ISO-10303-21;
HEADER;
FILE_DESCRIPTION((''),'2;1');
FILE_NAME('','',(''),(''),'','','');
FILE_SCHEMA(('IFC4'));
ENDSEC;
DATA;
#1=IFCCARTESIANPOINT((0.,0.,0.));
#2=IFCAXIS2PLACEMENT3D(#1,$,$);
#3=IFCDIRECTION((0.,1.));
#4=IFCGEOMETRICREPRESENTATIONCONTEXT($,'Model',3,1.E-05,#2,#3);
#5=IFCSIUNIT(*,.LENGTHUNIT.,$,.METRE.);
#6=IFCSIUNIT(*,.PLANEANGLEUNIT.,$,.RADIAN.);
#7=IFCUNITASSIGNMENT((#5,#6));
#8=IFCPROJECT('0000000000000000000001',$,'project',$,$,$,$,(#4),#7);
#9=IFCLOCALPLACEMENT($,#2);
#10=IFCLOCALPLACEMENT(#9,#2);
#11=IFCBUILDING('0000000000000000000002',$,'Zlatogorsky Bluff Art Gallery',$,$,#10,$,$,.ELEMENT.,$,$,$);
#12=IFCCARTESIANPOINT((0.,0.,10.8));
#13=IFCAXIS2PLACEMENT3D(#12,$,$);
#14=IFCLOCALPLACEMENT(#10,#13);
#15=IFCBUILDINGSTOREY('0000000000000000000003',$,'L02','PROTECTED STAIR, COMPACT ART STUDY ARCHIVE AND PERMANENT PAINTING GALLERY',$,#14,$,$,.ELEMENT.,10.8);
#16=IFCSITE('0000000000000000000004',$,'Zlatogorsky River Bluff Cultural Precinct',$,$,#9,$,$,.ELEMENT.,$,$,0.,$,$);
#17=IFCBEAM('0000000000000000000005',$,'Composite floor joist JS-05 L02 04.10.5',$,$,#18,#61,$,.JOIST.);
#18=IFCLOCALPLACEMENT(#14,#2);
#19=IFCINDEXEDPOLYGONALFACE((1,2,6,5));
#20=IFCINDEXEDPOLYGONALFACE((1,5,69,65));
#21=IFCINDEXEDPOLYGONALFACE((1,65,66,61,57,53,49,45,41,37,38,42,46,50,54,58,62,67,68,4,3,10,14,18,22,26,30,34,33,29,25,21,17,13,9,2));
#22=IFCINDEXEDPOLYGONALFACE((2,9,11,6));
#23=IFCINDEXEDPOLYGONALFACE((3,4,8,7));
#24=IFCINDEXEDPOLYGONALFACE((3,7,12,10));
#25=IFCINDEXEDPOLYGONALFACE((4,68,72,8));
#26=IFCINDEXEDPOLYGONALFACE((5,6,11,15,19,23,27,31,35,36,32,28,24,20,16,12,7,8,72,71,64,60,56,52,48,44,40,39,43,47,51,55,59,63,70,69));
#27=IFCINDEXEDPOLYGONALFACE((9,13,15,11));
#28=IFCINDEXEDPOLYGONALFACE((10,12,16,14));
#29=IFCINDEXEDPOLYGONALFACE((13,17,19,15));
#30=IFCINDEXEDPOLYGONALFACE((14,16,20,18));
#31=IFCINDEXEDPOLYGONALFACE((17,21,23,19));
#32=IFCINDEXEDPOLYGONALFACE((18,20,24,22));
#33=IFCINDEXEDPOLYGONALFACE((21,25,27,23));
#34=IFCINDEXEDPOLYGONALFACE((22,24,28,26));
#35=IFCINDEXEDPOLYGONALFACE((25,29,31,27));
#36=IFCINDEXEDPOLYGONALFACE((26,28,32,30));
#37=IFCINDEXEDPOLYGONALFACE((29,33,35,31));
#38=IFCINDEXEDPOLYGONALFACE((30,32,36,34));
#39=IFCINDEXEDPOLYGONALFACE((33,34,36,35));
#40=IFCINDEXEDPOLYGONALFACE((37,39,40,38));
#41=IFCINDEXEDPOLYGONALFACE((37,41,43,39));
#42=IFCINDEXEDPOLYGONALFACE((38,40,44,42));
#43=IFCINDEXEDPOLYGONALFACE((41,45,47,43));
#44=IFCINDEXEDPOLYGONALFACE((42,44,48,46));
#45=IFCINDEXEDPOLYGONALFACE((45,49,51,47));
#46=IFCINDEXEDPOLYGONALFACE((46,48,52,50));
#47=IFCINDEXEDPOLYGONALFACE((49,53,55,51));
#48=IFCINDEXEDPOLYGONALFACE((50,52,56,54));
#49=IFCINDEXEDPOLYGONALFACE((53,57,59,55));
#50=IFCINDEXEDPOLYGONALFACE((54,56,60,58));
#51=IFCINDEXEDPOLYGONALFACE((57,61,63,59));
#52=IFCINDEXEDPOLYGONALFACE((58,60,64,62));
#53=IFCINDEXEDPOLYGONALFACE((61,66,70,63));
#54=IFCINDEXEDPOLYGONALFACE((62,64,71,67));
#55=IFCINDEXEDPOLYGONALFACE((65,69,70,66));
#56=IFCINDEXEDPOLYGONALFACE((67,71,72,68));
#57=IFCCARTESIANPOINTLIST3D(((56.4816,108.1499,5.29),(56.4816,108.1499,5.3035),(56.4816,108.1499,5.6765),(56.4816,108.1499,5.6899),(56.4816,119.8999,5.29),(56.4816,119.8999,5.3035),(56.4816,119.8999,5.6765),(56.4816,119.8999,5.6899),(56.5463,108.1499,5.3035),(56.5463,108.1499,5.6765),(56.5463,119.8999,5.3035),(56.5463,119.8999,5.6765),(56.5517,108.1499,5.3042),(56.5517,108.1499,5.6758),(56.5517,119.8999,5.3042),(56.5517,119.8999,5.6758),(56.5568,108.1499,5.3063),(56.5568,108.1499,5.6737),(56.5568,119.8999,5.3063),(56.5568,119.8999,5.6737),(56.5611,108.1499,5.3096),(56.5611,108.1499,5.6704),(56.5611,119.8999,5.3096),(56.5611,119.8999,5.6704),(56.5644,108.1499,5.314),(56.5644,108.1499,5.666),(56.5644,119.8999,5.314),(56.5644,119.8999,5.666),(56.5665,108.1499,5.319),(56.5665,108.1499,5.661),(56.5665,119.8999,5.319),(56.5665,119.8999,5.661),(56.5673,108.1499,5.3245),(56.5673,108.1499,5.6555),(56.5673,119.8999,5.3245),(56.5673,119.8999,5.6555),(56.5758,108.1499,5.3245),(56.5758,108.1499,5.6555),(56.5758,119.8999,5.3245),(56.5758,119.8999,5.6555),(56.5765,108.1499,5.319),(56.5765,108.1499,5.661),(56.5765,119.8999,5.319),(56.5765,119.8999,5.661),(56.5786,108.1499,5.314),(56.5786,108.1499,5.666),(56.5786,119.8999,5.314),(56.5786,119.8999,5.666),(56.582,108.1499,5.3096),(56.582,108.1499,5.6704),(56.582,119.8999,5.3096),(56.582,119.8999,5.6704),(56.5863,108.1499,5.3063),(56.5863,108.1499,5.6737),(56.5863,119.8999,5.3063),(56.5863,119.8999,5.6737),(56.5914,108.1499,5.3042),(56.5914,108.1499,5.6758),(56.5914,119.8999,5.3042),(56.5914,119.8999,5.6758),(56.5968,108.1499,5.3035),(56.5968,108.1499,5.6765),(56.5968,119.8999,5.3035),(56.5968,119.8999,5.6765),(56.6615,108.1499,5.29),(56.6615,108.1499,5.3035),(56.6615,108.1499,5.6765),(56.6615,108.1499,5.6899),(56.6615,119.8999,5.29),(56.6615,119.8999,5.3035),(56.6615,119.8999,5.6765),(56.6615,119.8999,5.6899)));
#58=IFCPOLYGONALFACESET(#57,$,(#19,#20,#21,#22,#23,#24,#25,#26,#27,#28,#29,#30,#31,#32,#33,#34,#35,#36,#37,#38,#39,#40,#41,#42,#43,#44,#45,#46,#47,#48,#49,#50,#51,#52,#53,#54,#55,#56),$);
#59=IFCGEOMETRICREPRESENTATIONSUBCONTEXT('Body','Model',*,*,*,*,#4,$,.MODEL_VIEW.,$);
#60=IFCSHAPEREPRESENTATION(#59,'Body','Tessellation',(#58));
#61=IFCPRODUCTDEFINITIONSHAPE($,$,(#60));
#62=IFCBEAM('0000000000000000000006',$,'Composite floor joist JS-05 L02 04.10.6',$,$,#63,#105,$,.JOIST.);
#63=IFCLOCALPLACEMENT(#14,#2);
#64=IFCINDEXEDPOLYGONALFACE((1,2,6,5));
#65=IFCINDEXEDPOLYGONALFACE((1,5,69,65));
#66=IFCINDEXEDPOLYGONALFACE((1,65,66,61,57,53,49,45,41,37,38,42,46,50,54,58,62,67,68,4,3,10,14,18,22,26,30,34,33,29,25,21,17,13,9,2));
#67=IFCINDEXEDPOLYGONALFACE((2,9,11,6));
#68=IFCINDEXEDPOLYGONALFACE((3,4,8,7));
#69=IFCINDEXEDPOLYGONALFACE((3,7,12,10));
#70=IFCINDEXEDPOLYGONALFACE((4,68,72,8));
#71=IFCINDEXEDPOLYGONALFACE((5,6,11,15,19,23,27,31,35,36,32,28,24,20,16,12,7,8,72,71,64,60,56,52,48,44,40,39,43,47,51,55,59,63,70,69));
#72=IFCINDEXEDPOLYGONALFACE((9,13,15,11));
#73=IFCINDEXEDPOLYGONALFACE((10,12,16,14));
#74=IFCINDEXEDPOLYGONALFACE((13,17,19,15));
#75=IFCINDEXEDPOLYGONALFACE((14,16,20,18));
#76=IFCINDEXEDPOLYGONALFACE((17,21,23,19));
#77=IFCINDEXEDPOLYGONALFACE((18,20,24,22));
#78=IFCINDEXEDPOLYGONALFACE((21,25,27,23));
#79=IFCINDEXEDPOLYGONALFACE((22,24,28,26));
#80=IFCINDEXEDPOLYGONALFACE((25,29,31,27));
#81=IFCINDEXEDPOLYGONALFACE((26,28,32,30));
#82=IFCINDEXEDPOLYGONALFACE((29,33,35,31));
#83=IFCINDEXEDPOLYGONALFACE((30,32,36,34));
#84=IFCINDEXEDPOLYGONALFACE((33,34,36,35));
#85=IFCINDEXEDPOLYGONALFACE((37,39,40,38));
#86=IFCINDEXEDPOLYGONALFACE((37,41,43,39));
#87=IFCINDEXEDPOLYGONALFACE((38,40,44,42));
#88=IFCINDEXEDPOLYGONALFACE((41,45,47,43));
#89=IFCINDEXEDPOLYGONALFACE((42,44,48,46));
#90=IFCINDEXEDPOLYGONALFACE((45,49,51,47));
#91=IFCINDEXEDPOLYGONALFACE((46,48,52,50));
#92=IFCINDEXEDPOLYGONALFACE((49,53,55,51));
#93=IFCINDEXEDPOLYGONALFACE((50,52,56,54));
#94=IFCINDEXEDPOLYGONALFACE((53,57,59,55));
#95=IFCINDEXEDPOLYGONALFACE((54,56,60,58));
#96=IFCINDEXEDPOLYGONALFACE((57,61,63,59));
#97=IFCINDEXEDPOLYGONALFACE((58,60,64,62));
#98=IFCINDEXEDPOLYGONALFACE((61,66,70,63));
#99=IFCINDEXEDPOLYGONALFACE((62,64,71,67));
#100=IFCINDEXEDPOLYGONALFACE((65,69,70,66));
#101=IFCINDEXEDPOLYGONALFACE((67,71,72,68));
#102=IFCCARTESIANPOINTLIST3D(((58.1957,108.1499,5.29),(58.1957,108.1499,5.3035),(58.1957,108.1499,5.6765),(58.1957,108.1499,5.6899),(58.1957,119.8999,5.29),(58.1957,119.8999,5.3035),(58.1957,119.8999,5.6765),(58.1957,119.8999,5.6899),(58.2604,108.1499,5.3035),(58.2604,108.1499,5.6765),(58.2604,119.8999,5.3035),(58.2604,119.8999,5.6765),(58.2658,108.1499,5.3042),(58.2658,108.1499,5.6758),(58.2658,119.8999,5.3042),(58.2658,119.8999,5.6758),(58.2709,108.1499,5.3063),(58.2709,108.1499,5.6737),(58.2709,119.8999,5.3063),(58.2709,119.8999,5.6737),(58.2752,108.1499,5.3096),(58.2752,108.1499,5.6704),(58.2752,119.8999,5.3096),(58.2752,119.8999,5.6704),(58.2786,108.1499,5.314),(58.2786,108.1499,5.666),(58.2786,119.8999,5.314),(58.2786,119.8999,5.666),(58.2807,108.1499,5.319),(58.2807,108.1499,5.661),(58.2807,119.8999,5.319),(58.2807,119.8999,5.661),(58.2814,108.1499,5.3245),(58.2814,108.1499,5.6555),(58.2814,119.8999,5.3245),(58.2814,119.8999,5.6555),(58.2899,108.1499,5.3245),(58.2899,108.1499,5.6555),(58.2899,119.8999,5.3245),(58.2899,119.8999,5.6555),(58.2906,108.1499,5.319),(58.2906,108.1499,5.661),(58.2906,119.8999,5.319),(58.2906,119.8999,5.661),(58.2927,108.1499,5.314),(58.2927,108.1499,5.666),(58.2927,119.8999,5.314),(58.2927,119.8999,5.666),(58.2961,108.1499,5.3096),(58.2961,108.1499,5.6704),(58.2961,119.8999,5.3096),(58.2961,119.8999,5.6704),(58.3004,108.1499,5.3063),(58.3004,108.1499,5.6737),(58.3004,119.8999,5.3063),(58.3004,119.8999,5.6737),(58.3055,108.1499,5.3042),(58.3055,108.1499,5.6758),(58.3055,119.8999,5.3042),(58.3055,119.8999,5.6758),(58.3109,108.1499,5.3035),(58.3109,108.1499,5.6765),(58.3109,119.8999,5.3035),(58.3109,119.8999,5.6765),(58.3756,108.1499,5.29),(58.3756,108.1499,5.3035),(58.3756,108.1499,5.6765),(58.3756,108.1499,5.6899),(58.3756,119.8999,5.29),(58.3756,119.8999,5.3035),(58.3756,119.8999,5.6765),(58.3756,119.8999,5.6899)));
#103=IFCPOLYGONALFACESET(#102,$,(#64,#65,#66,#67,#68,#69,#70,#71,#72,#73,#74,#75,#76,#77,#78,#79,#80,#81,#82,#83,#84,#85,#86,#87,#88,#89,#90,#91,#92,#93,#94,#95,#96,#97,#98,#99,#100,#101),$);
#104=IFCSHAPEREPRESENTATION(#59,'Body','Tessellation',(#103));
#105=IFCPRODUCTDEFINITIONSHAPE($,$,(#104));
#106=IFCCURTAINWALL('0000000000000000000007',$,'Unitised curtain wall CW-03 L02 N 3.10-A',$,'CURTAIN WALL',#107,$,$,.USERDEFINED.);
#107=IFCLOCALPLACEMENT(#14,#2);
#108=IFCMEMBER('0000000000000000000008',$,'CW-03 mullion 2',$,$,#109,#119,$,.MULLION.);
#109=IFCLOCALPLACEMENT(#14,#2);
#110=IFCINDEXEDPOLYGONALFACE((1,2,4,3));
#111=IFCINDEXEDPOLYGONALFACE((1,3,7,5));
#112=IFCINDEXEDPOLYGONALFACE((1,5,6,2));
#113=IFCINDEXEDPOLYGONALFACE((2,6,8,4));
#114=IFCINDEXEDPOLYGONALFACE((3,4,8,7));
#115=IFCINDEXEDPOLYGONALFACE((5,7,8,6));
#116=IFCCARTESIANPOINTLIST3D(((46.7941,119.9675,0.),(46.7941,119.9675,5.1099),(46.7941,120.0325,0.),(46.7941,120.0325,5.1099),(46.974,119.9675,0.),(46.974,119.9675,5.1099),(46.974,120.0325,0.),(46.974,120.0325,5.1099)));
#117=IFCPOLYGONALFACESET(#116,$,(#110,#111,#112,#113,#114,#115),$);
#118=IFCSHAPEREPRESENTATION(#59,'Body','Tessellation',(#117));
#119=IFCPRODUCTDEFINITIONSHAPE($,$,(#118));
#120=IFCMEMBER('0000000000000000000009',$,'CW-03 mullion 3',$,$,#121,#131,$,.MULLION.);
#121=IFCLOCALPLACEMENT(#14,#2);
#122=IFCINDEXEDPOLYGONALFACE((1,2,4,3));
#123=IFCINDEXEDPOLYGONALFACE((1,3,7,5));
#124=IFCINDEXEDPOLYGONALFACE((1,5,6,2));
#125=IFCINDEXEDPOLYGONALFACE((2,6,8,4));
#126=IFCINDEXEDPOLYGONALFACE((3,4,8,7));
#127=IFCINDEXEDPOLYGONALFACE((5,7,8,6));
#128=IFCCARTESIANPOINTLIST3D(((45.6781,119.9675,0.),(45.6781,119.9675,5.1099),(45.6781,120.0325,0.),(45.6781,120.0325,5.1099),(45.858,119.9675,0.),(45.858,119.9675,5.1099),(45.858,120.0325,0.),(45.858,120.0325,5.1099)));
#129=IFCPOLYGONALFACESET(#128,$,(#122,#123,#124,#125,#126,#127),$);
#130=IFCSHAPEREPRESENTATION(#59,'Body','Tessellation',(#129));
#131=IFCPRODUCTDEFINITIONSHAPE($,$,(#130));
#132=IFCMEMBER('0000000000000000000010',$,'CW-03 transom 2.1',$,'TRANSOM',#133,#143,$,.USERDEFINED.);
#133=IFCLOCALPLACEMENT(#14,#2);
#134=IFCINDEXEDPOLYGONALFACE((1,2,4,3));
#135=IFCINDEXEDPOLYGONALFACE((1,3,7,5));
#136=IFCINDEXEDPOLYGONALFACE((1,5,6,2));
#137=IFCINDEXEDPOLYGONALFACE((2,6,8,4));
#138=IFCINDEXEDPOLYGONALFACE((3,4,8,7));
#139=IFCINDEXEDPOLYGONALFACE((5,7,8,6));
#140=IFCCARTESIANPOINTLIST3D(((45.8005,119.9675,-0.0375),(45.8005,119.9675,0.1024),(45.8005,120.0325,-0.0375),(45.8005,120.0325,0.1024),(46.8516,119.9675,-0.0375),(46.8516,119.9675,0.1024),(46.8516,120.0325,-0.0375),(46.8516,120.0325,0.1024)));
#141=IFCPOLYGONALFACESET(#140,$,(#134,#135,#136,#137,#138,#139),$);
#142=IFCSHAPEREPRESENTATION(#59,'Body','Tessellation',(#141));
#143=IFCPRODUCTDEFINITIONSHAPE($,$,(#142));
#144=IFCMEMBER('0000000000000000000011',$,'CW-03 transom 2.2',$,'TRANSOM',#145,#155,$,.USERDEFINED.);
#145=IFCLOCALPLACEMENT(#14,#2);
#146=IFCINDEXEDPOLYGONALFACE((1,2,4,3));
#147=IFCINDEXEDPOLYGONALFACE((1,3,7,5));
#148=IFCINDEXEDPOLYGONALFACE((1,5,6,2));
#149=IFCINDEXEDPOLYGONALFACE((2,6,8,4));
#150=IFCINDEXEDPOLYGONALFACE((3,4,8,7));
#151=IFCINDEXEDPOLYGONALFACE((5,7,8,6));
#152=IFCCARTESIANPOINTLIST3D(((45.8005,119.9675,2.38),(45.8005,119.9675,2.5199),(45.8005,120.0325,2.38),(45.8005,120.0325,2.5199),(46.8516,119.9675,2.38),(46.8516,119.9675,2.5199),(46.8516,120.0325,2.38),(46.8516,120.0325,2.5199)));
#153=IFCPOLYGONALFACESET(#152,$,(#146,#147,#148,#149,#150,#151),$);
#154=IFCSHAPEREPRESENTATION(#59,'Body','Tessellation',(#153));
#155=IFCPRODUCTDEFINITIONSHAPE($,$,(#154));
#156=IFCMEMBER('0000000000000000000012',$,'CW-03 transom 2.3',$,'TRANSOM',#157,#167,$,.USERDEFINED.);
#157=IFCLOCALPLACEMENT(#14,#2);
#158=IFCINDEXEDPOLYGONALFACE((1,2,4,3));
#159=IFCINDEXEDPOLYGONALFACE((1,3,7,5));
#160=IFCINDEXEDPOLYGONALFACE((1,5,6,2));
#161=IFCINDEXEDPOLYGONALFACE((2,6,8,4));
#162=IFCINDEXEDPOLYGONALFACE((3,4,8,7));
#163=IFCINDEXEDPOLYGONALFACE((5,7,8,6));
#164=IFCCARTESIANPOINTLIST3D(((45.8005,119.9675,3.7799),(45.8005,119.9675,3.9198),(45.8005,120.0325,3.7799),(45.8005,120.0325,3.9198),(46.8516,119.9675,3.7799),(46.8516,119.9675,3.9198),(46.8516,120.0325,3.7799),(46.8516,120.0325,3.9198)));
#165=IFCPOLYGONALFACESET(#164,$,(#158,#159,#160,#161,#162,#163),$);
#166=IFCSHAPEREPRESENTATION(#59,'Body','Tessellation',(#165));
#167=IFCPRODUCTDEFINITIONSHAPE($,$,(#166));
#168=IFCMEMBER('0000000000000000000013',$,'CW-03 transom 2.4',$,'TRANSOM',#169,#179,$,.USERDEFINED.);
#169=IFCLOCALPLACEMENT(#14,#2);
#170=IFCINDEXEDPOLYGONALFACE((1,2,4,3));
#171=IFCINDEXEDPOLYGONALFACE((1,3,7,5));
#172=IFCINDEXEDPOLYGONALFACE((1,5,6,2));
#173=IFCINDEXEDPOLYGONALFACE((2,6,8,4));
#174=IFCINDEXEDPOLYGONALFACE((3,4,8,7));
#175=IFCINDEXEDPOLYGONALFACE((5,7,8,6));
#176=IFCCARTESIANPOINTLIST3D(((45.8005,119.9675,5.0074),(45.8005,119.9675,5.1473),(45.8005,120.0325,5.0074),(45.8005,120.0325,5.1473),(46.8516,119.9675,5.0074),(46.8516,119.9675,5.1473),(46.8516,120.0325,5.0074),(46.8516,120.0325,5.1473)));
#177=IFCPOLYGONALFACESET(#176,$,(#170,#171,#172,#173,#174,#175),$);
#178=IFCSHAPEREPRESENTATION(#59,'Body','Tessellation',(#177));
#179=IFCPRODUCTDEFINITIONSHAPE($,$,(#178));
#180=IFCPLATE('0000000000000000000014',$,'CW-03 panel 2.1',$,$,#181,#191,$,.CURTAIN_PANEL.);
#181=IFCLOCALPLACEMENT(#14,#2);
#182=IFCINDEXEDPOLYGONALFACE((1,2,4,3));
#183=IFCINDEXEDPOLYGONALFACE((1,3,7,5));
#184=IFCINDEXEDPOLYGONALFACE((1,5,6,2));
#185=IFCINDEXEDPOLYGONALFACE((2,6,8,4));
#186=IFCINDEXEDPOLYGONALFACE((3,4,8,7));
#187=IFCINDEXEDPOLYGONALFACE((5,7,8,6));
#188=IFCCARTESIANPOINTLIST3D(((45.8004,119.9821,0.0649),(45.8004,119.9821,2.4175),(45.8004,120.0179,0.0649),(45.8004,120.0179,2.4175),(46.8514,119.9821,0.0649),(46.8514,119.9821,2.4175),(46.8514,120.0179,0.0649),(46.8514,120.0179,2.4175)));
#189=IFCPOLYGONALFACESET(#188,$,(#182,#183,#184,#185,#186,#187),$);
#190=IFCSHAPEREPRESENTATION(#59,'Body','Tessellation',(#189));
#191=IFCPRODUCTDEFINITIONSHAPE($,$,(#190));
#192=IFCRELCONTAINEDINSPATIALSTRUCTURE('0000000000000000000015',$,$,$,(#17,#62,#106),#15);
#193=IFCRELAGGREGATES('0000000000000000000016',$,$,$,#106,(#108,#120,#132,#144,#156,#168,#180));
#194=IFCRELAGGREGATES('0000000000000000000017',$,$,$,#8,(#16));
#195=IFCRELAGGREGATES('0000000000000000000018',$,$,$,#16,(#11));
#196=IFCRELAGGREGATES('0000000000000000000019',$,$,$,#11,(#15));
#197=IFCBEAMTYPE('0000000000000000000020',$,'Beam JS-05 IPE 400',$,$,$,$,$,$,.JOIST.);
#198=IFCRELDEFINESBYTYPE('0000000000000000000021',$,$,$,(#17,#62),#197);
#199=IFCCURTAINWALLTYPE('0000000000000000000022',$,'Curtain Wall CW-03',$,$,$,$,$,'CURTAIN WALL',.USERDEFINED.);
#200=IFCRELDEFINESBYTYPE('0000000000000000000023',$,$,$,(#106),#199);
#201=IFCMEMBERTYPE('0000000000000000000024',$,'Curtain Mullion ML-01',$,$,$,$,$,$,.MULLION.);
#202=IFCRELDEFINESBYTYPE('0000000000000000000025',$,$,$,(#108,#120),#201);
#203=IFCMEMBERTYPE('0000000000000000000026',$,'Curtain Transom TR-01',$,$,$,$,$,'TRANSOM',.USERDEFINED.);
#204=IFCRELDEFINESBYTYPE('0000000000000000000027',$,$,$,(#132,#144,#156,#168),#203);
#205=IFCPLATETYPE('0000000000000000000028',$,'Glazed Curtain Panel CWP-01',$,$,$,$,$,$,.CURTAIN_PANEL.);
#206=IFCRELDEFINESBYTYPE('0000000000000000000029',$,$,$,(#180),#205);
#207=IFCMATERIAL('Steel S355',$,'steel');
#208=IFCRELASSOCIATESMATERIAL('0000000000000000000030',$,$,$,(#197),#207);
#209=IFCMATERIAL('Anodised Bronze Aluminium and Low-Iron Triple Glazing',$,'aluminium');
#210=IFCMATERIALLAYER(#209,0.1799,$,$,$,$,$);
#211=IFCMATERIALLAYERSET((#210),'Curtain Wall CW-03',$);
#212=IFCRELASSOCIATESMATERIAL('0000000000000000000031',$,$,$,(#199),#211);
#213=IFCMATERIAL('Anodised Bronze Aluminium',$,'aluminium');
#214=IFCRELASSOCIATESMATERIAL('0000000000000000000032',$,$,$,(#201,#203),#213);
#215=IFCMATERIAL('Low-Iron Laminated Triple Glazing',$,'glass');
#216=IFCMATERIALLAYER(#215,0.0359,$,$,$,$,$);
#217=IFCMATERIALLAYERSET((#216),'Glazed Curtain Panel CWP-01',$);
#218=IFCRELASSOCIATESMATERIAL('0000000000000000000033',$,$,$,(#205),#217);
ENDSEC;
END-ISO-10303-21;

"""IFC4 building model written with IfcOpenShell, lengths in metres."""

from ifc_helpers import new_model, si_unit, direction, frame, origin, origin_2d, place, context, subcontext, project, spatial, rectangle, i_section, extrude, material, layer, layer_set, material_profile, profile_set, type_object, element, aggregate, save


model = new_model("IFC4")

# Units and contexts
model_context = context("Model", 3, precision=1e-05, world=origin(), true_north=direction((0.0, 1.0)))
body_context = subcontext(model_context, "Body", "Model", "MODEL_VIEW")
ifc_project = project(units=[si_unit("LENGTHUNIT", "METRE"), si_unit("PLANEANGLEUNIT", "RADIAN")], contexts=[model_context])

# Site, building, storey
site_placement = place(None, origin())
site = spatial("IfcSite", under=ifc_project, at=site_placement, Name="Zlatogorsky River Bluff Cultural Precinct", CompositionType="ELEMENT", RefElevation=0.0)
building_placement = place(site_placement, origin())
building = spatial("IfcBuilding", under=site, at=building_placement, Name="Zlatogorsky Bluff Art Gallery", CompositionType="ELEMENT")
storey_placement = place(building_placement, frame((0.0, 0.0, 10.8)))
storey = spatial("IfcBuildingStorey", under=building, at=storey_placement, Name="L02", Description="PROTECTED STAIR, COMPACT ART STUDY ARCHIVE AND PERMANENT PAINTING GALLERY", CompositionType="ELEMENT", Elevation=10.8)

# Shared definitions
ifc_material_1 = material(Name="Steel S355", Category="steel")

# Beams
ifc_material_profile_1 = material_profile(ifc_material_1, i_section(OverallWidth=0.1799, OverallDepth=0.3999, WebThickness=0.0085, FlangeThickness=0.0134, FilletRadius=0.021, at=origin_2d()), Name="IPE 400")
ifc_profile_set_1 = profile_set([ifc_material_profile_1], Name="Steel S355")
beam_type_1 = type_object("IfcBeamType", Name="Beam JS-05 IPE 400", PredefinedType="JOIST", material=ifc_profile_set_1)
for number, where, z_axis, x_axis, name in (
    (1, (56.5715, 108.1499, 5.49), (0.0, 1.0, 0.0), (-1.0, 0.0, 0.0), "Composite floor joist JS-05 L02 04.10.5"),
    (2, (58.2856, 108.1499, 5.49), (0.0, 1.0, 0.0), (-1.0, 0.0, 0.0), "Composite floor joist JS-05 L02 04.10.6"),
):
    element("IfcBeam", number, at=place(storey_placement, frame(where, z_axis=z_axis, x_axis=x_axis)), inside=storey, type_object=beam_type_1, Name=name, PredefinedType="JOIST", context=body_context, shape_type="SweptSolid", body=[
        extrude(i_section(OverallWidth=0.1799, OverallDepth=0.3999, WebThickness=0.0085, FlangeThickness=0.0134, FilletRadius=0.021, at=origin_2d()), origin(), (0.0, 0.0, 1.0), 11.75),
    ])

# Curtain wall, members, plate
ifc_material_2 = material(Name="Anodised Bronze Aluminium and Low-Iron Triple Glazing", Category="aluminium")
ifc_layer_1 = layer(ifc_material_2, 0.1799)
ifc_layer_set_1 = layer_set([ifc_layer_1], Name="Curtain Wall CW-03")
curtain_wall_type = type_object("IfcCurtainWallType", Name="Curtain Wall CW-03", ElementType="CURTAIN WALL", PredefinedType="USERDEFINED", material=ifc_layer_set_1)
curtain_wall_placement = place(storey_placement, origin())
curtain_wall = element("IfcCurtainWall", 3, at=curtain_wall_placement, inside=storey, type_object=curtain_wall_type, Name="Unitised curtain wall CW-03 L02 N 3.10-A", ObjectType="CURTAIN WALL", PredefinedType="USERDEFINED")
ifc_material_3 = material(Name="Anodised Bronze Aluminium", Category="aluminium")
ifc_material_profile_2 = material_profile(ifc_material_3, rectangle(XDim=0.0649, YDim=0.1799, at=origin_2d()), Name="ALU MULLION 65x180")
ifc_profile_set_2 = profile_set([ifc_material_profile_2], Name="Anodised Bronze Aluminium")
member_type_1 = type_object("IfcMemberType", Name="Curtain Mullion ML-01", PredefinedType="MULLION", material=ifc_profile_set_2)
member_1_placement = place(storey_placement, frame((46.884, 120.0, 0.0), z_axis=(0.0, 0.0, 1.0), x_axis=(0.0, -1.0, 0.0)))
member_1 = element("IfcMember", 4, at=member_1_placement, type_object=member_type_1, Name="CW-03 mullion 2", PredefinedType="MULLION", context=body_context, shape_type="SweptSolid", body=[
    extrude(rectangle(XDim=0.0649, YDim=0.1799, at=origin_2d()), origin(), (0.0, 0.0, 1.0), 5.1099),
])
member_2_placement = place(storey_placement, frame((45.7681, 120.0, 0.0), z_axis=(0.0, 0.0, 1.0), x_axis=(0.0, -1.0, 0.0)))
member_2 = element("IfcMember", 5, at=member_2_placement, type_object=member_type_1, Name="CW-03 mullion 3", PredefinedType="MULLION", context=body_context, shape_type="SweptSolid", body=[
    extrude(rectangle(XDim=0.0649, YDim=0.1799, at=origin_2d()), origin(), (0.0, 0.0, 1.0), 5.1099),
])
ifc_material_profile_3 = material_profile(ifc_material_3, rectangle(XDim=0.0649, YDim=0.1399, at=origin_2d()), Name="ALU TRANSOM 65x140")
ifc_profile_set_3 = profile_set([ifc_material_profile_3], Name="Anodised Bronze Aluminium")
member_type_2 = type_object("IfcMemberType", Name="Curtain Transom TR-01", ElementType="TRANSOM", PredefinedType="USERDEFINED", material=ifc_profile_set_3)
member_3_placement = place(storey_placement, frame((46.8516, 120.0, 0.0325), z_axis=(-1.0, 0.0, 0.0), x_axis=(0.0, -1.0, 0.0)))
member_3 = element("IfcMember", 6, at=member_3_placement, type_object=member_type_2, Name="CW-03 transom 2.1", ObjectType="TRANSOM", PredefinedType="USERDEFINED", context=body_context, shape_type="SweptSolid", body=[
    extrude(rectangle(XDim=0.0649, YDim=0.1399, at=origin_2d()), origin(), (0.0, 0.0, 1.0), 1.051),
])
member_4_placement = place(storey_placement, frame((46.8516, 120.0, 2.45), z_axis=(-1.0, 0.0, 0.0), x_axis=(0.0, -1.0, 0.0)))
member_4 = element("IfcMember", 7, at=member_4_placement, type_object=member_type_2, Name="CW-03 transom 2.2", ObjectType="TRANSOM", PredefinedType="USERDEFINED", context=body_context, shape_type="SweptSolid", body=[
    extrude(rectangle(XDim=0.0649, YDim=0.1399, at=origin_2d()), origin(), (0.0, 0.0, 1.0), 1.051),
])
member_5_placement = place(storey_placement, frame((46.8516, 120.0, 3.8499), z_axis=(-1.0, 0.0, 0.0), x_axis=(0.0, -1.0, 0.0)))
member_5 = element("IfcMember", 8, at=member_5_placement, type_object=member_type_2, Name="CW-03 transom 2.3", ObjectType="TRANSOM", PredefinedType="USERDEFINED", context=body_context, shape_type="SweptSolid", body=[
    extrude(rectangle(XDim=0.0649, YDim=0.1399, at=origin_2d()), origin(), (0.0, 0.0, 1.0), 1.051),
])
member_6_placement = place(storey_placement, frame((46.8516, 120.0, 5.0774), z_axis=(-1.0, 0.0, 0.0), x_axis=(0.0, -1.0, 0.0)))
member_6 = element("IfcMember", 9, at=member_6_placement, type_object=member_type_2, Name="CW-03 transom 2.4", ObjectType="TRANSOM", PredefinedType="USERDEFINED", context=body_context, shape_type="SweptSolid", body=[
    extrude(rectangle(XDim=0.0649, YDim=0.1399, at=origin_2d()), origin(), (0.0, 0.0, 1.0), 1.051),
])
ifc_material_4 = material(Name="Low-Iron Laminated Triple Glazing", Category="glass")
ifc_layer_2 = layer(ifc_material_4, 0.0359)
ifc_layer_set_2 = layer_set([ifc_layer_2], Name="Glazed Curtain Panel CWP-01")
plate_type = type_object("IfcPlateType", Name="Glazed Curtain Panel CWP-01", PredefinedType="CURTAIN_PANEL", material=ifc_layer_set_2)
plate_1_placement = place(storey_placement, frame((46.3259, 120.0, 0.0649), z_axis=(0.0, 0.0, 1.0), x_axis=(-1.0, 0.0, 0.0)))
plate_1 = element("IfcPlate", 10, at=plate_1_placement, type_object=plate_type, Name="CW-03 panel 2.1", PredefinedType="CURTAIN_PANEL", context=body_context, shape_type="SweptSolid", body=[
    extrude(rectangle(XDim=1.051, YDim=0.0359, at=origin_2d()), origin(), (0.0, 0.0, 1.0), 2.3525),
])
aggregate(curtain_wall, [member_1, member_2, member_3, member_4, member_5, member_6, plate_1])

save(model, "model.ifc")
